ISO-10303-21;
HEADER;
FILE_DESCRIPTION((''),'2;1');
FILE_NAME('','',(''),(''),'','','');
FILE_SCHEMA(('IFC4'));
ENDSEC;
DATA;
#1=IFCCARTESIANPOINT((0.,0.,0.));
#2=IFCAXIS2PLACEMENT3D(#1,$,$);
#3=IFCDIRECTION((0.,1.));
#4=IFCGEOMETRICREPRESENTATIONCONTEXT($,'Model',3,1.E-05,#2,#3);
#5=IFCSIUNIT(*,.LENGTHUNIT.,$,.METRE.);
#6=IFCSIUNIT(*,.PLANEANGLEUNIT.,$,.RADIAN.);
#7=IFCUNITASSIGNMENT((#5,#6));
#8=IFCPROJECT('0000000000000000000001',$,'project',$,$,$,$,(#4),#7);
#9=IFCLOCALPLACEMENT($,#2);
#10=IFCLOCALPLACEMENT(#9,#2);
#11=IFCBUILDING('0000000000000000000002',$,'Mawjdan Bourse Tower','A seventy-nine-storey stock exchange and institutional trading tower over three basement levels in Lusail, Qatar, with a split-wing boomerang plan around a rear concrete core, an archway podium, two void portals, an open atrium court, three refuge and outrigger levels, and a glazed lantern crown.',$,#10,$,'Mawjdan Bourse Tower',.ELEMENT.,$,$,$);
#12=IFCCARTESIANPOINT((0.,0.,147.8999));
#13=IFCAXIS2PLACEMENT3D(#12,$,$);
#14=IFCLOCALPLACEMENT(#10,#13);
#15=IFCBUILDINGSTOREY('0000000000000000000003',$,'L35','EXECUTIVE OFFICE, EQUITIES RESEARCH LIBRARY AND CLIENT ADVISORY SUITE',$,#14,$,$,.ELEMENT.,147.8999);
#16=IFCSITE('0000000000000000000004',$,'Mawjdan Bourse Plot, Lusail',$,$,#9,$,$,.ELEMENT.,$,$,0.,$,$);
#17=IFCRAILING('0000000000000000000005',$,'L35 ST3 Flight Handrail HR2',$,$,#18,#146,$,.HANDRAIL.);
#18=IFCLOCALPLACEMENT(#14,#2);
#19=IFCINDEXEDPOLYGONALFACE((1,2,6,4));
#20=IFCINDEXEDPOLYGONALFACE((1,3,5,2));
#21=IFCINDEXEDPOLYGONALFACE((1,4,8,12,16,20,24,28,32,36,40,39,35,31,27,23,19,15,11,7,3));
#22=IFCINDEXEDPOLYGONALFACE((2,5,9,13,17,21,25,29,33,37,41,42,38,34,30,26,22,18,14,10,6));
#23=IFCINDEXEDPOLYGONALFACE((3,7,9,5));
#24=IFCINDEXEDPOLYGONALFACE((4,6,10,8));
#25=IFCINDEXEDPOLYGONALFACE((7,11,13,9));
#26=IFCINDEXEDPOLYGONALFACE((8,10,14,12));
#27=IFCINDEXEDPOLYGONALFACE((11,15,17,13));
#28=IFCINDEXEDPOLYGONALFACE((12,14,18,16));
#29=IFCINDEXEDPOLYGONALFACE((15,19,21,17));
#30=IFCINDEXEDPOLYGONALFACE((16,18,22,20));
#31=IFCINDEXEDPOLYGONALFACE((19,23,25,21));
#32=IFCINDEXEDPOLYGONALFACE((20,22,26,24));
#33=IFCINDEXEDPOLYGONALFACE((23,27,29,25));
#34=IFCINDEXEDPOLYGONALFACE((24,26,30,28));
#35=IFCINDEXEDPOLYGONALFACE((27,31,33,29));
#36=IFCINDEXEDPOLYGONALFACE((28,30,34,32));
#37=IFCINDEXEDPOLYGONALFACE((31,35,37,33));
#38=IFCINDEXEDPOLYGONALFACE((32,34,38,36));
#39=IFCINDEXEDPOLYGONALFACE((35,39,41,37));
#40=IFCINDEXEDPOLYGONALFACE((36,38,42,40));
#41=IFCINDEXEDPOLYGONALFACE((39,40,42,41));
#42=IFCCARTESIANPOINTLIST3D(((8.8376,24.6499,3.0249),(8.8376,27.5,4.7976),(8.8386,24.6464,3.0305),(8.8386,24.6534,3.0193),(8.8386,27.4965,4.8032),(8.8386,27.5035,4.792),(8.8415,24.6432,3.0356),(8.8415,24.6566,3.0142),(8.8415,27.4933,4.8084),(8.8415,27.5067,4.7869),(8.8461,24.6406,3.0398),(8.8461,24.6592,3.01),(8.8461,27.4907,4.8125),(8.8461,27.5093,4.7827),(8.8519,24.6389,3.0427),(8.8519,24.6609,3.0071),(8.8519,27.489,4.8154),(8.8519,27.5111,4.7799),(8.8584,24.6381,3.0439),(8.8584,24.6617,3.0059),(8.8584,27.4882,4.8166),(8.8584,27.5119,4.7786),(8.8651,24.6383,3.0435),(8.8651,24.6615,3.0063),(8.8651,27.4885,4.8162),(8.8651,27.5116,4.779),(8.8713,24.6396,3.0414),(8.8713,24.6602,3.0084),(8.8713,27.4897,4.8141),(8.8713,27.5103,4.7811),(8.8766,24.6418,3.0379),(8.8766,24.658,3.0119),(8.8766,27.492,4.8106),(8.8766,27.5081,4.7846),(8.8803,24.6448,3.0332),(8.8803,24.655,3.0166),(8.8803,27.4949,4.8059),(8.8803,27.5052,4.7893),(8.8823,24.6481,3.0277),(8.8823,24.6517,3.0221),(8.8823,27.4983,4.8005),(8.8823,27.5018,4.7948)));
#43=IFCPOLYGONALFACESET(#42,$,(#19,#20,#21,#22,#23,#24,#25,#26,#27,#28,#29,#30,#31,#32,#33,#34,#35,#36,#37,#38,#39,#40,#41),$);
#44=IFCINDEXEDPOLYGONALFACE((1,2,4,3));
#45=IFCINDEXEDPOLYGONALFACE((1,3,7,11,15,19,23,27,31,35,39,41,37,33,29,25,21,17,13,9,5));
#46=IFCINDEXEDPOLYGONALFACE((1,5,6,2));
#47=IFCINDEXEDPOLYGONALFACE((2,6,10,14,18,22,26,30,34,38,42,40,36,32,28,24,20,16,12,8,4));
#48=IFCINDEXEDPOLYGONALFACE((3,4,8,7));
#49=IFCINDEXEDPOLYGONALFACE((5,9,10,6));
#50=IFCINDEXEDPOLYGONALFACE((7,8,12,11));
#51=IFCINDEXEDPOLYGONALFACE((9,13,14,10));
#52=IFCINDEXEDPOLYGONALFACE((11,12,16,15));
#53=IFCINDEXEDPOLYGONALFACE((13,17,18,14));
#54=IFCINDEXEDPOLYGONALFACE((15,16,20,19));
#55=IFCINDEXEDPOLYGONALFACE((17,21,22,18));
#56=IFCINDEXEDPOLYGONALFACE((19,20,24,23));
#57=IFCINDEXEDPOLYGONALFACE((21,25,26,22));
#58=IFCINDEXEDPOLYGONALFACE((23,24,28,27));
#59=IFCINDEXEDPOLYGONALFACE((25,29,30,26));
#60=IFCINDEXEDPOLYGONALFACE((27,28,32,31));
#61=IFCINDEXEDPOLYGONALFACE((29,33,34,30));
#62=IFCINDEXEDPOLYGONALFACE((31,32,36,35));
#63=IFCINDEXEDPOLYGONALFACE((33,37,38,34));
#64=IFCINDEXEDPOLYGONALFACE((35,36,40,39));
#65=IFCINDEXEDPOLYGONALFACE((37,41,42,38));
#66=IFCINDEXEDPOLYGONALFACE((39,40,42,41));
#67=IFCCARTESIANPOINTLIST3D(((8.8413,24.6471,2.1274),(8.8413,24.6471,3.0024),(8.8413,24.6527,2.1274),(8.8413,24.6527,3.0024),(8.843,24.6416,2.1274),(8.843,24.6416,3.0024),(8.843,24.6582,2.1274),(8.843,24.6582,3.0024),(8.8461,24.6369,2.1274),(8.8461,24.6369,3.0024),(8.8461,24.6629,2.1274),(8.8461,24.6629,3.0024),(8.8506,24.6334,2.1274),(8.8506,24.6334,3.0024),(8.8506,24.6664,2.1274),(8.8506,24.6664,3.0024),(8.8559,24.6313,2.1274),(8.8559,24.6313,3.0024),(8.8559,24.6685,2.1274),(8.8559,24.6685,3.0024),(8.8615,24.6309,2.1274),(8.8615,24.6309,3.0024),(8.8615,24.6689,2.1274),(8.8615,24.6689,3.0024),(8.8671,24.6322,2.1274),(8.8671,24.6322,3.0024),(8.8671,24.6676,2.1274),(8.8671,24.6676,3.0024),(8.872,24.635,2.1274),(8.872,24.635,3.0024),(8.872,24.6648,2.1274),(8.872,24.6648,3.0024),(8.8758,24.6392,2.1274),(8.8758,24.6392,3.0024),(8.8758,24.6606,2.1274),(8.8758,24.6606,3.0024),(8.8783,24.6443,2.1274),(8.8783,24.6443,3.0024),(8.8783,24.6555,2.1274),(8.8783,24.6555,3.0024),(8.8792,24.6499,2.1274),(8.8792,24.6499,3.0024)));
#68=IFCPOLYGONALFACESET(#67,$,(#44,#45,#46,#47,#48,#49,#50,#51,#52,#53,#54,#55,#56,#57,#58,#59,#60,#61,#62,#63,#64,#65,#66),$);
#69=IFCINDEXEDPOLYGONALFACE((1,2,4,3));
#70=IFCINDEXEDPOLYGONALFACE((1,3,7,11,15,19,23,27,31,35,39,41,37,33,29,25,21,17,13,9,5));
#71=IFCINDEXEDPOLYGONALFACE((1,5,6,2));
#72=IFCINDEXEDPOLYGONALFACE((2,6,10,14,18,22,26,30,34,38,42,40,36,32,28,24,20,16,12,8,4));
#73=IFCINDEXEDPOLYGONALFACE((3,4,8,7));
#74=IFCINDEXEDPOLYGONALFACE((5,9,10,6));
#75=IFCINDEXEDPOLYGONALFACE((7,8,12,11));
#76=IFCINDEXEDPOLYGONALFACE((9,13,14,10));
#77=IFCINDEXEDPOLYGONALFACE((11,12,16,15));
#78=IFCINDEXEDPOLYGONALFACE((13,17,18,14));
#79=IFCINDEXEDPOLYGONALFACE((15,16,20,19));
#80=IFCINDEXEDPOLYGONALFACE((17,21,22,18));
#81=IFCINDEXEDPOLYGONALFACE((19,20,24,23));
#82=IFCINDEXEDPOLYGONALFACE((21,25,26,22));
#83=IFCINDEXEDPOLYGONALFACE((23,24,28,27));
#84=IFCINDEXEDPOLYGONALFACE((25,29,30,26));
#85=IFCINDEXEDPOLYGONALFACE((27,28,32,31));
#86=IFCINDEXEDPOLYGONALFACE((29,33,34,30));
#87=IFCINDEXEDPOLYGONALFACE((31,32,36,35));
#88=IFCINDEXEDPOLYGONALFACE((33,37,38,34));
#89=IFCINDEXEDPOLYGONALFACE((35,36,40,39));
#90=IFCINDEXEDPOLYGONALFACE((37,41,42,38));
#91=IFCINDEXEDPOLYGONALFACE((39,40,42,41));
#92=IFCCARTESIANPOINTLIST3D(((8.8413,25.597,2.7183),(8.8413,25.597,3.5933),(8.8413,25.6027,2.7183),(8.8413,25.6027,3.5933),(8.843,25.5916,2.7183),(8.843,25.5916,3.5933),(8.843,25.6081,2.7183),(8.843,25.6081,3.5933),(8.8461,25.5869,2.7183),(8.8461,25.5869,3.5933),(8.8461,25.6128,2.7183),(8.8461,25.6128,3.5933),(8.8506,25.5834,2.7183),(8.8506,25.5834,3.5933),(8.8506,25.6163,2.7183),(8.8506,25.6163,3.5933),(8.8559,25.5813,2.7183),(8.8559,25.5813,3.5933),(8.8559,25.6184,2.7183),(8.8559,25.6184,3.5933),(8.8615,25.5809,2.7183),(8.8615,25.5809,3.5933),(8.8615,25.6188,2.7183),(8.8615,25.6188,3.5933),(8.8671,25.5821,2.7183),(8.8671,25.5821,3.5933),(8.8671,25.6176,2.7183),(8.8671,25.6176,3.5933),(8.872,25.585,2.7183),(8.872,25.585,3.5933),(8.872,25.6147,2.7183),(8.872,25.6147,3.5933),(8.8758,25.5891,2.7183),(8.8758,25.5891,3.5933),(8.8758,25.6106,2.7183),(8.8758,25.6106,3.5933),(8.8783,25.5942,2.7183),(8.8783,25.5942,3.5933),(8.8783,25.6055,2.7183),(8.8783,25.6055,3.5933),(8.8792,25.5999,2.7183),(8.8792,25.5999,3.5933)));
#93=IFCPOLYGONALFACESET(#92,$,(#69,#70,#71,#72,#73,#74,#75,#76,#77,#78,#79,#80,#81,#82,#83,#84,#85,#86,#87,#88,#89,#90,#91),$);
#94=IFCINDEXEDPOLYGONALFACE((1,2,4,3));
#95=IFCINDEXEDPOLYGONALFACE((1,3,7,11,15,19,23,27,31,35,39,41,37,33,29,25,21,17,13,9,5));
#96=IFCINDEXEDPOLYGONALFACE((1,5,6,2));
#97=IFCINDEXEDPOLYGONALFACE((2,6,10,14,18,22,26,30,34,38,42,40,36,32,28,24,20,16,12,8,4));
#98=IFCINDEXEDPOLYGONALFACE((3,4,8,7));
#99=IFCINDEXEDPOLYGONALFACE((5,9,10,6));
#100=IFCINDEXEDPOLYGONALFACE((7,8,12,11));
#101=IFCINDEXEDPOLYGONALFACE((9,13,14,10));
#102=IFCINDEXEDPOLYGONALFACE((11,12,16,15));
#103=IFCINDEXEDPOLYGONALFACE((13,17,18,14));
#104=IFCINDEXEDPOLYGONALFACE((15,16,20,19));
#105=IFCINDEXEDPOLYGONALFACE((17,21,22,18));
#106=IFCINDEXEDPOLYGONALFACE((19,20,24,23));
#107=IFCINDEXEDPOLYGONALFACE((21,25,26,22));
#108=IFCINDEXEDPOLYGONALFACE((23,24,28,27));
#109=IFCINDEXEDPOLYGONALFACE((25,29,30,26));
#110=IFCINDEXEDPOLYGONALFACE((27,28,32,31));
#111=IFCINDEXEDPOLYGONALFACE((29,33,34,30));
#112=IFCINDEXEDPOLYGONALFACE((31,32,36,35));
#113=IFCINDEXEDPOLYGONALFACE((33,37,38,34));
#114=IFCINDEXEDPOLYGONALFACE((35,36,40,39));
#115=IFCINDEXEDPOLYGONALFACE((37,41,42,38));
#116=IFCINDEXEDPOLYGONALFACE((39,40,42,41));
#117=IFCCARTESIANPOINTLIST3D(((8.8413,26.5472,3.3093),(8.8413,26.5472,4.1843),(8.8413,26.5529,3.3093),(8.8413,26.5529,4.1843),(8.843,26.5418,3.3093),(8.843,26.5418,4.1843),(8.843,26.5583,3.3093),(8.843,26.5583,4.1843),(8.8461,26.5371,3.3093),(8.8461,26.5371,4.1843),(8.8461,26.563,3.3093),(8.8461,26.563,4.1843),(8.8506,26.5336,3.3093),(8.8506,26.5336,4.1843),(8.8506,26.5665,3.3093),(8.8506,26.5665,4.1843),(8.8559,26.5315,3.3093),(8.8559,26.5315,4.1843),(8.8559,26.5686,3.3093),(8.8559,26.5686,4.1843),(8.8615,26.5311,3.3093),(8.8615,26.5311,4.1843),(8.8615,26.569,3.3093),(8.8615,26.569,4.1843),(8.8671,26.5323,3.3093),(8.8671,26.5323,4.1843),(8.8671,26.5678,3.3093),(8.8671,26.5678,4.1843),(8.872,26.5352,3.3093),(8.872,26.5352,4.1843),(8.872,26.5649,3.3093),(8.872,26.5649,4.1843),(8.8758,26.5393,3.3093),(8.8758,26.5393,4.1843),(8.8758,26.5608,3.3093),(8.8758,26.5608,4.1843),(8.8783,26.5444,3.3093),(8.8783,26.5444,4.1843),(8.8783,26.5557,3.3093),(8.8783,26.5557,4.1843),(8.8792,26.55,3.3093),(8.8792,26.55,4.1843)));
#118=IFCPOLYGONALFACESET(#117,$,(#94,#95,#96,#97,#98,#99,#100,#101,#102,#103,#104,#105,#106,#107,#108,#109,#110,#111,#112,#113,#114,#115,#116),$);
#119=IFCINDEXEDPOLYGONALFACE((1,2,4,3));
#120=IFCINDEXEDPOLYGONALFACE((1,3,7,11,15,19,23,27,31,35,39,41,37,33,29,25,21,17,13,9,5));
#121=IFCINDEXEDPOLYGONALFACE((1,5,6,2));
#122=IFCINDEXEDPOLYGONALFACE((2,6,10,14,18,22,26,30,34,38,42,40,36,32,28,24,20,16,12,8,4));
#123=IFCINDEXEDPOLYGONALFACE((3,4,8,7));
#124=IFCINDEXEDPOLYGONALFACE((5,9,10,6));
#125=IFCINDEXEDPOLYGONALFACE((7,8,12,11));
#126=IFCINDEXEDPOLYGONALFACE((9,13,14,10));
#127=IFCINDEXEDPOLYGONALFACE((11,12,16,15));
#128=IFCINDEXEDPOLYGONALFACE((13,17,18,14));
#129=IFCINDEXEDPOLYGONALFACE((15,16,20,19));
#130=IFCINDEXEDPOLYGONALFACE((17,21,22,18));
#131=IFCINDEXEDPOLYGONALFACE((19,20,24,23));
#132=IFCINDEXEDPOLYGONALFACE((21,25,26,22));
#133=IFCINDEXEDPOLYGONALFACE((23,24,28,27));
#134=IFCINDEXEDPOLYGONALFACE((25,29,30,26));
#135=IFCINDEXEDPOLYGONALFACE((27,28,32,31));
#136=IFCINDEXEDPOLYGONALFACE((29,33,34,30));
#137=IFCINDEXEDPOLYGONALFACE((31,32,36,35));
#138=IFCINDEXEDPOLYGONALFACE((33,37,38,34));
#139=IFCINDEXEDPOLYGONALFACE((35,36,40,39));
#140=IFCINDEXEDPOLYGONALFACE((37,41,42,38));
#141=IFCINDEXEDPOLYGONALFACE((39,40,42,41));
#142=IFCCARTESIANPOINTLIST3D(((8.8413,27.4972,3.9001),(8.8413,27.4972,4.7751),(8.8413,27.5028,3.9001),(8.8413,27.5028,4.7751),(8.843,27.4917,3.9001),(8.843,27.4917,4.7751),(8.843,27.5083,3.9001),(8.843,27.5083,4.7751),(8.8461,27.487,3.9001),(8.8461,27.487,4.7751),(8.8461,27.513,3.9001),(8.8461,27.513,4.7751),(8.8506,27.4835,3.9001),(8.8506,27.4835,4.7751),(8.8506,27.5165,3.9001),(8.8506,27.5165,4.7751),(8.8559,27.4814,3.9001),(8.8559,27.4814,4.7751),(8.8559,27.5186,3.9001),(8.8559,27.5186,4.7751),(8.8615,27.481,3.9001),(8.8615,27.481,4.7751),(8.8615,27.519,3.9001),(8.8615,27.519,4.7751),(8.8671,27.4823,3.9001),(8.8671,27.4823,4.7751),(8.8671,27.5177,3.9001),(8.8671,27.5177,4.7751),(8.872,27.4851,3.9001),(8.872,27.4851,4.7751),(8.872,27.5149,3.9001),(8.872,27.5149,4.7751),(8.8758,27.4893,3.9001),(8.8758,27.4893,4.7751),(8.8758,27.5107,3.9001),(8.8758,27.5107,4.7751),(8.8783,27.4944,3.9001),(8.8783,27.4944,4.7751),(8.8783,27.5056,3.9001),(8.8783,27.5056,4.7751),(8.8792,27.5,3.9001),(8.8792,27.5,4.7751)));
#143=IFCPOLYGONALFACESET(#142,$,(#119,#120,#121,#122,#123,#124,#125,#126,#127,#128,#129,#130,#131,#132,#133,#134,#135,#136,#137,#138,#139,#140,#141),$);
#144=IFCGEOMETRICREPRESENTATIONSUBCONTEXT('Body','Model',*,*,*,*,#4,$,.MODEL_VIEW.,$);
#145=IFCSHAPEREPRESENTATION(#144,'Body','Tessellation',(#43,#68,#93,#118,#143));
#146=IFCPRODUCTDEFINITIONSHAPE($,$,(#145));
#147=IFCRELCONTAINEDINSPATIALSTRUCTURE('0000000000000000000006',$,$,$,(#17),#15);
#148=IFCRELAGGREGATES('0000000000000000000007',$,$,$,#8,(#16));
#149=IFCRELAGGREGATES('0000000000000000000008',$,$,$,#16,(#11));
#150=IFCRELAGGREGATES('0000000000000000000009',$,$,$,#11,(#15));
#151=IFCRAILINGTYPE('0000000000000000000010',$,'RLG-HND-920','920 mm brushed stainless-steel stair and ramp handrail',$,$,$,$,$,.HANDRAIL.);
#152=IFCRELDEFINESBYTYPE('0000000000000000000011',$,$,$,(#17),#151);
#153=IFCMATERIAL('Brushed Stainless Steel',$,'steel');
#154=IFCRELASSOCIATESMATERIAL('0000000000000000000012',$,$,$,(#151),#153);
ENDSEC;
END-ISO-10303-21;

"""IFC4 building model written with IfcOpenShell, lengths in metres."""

from ifc_helpers import new_model, si_unit, direction, frame, origin, origin_2d, place, context, subcontext, project, spatial, circle, extrude, material, type_object, element, save


model = new_model("IFC4")

# Units and contexts
model_context = context("Model", 3, precision=1e-05, world=origin(), true_north=direction((0.0, 1.0)))
body_context = subcontext(model_context, "Body", "Model", "MODEL_VIEW")
ifc_project = project(units=[si_unit("LENGTHUNIT", "METRE"), si_unit("PLANEANGLEUNIT", "RADIAN")], contexts=[model_context])

# Site, building, storey
site_placement = place(None, origin())
site = spatial("IfcSite", under=ifc_project, at=site_placement, Name="Mawjdan Bourse Plot, Lusail", CompositionType="ELEMENT", RefElevation=0.0)
building_placement = place(site_placement, origin())
building = spatial("IfcBuilding", under=site, at=building_placement, Name="Mawjdan Bourse Tower", Description="A seventy-nine-storey stock exchange and institutional trading tower over three basement levels in Lusail, Qatar, with a split-wing boomerang plan around a rear concrete core, an archway podium, two void portals, an open atrium court, three refuge and outrigger levels, and a glazed lantern crown.", LongName="Mawjdan Bourse Tower", CompositionType="ELEMENT")
storey_placement = place(building_placement, frame((0.0, 0.0, 147.8999)))
storey = spatial("IfcBuildingStorey", under=building, at=storey_placement, Name="L35", Description="EXECUTIVE OFFICE, EQUITIES RESEARCH LIBRARY AND CLIENT ADVISORY SUITE", CompositionType="ELEMENT", Elevation=147.8999)

# Railing
ifc_material_1 = material(Name="Brushed Stainless Steel", Category="steel")
railing_type_1 = type_object("IfcRailingType", Name="RLG-HND-920", Description="920 mm brushed stainless-steel stair and ramp handrail", PredefinedType="HANDRAIL", material=ifc_material_1)
railing_1_placement = place(storey_placement, frame((8.8601, 24.6499, 2.1274)))
element("IfcRailing", 1, at=railing_1_placement, inside=storey, type_object=railing_type_1, Name="L35 ST3 Flight Handrail HR2", PredefinedType="HANDRAIL", context=body_context, shape_type="SweptSolid", body=[
    extrude(circle(Radius=0.0225, at=origin_2d()), frame((0.0, 0.0, 0.8975), z_axis=(0.0, 0.849149, 0.528154), x_axis=(-1.0, 0.0, 0.0)), (0.0, 0.0, 1.0), 3.3564),
    extrude(circle(Radius=0.019, at=origin_2d()), origin(), (0.0, 0.0, 1.0), 0.875),
    extrude(circle(Radius=0.019, at=origin_2d()), frame((0.0, 0.95, 0.5908)), (0.0, 0.0, 1.0), 0.875),
    extrude(circle(Radius=0.019, at=origin_2d()), frame((0.0, 1.9001, 1.1819)), (0.0, 0.0, 1.0), 0.875),
    extrude(circle(Radius=0.019, at=origin_2d()), frame((0.0, 2.8501, 1.7727)), (0.0, 0.0, 1.0), 0.875),
])

save(model, "model.ifc")
